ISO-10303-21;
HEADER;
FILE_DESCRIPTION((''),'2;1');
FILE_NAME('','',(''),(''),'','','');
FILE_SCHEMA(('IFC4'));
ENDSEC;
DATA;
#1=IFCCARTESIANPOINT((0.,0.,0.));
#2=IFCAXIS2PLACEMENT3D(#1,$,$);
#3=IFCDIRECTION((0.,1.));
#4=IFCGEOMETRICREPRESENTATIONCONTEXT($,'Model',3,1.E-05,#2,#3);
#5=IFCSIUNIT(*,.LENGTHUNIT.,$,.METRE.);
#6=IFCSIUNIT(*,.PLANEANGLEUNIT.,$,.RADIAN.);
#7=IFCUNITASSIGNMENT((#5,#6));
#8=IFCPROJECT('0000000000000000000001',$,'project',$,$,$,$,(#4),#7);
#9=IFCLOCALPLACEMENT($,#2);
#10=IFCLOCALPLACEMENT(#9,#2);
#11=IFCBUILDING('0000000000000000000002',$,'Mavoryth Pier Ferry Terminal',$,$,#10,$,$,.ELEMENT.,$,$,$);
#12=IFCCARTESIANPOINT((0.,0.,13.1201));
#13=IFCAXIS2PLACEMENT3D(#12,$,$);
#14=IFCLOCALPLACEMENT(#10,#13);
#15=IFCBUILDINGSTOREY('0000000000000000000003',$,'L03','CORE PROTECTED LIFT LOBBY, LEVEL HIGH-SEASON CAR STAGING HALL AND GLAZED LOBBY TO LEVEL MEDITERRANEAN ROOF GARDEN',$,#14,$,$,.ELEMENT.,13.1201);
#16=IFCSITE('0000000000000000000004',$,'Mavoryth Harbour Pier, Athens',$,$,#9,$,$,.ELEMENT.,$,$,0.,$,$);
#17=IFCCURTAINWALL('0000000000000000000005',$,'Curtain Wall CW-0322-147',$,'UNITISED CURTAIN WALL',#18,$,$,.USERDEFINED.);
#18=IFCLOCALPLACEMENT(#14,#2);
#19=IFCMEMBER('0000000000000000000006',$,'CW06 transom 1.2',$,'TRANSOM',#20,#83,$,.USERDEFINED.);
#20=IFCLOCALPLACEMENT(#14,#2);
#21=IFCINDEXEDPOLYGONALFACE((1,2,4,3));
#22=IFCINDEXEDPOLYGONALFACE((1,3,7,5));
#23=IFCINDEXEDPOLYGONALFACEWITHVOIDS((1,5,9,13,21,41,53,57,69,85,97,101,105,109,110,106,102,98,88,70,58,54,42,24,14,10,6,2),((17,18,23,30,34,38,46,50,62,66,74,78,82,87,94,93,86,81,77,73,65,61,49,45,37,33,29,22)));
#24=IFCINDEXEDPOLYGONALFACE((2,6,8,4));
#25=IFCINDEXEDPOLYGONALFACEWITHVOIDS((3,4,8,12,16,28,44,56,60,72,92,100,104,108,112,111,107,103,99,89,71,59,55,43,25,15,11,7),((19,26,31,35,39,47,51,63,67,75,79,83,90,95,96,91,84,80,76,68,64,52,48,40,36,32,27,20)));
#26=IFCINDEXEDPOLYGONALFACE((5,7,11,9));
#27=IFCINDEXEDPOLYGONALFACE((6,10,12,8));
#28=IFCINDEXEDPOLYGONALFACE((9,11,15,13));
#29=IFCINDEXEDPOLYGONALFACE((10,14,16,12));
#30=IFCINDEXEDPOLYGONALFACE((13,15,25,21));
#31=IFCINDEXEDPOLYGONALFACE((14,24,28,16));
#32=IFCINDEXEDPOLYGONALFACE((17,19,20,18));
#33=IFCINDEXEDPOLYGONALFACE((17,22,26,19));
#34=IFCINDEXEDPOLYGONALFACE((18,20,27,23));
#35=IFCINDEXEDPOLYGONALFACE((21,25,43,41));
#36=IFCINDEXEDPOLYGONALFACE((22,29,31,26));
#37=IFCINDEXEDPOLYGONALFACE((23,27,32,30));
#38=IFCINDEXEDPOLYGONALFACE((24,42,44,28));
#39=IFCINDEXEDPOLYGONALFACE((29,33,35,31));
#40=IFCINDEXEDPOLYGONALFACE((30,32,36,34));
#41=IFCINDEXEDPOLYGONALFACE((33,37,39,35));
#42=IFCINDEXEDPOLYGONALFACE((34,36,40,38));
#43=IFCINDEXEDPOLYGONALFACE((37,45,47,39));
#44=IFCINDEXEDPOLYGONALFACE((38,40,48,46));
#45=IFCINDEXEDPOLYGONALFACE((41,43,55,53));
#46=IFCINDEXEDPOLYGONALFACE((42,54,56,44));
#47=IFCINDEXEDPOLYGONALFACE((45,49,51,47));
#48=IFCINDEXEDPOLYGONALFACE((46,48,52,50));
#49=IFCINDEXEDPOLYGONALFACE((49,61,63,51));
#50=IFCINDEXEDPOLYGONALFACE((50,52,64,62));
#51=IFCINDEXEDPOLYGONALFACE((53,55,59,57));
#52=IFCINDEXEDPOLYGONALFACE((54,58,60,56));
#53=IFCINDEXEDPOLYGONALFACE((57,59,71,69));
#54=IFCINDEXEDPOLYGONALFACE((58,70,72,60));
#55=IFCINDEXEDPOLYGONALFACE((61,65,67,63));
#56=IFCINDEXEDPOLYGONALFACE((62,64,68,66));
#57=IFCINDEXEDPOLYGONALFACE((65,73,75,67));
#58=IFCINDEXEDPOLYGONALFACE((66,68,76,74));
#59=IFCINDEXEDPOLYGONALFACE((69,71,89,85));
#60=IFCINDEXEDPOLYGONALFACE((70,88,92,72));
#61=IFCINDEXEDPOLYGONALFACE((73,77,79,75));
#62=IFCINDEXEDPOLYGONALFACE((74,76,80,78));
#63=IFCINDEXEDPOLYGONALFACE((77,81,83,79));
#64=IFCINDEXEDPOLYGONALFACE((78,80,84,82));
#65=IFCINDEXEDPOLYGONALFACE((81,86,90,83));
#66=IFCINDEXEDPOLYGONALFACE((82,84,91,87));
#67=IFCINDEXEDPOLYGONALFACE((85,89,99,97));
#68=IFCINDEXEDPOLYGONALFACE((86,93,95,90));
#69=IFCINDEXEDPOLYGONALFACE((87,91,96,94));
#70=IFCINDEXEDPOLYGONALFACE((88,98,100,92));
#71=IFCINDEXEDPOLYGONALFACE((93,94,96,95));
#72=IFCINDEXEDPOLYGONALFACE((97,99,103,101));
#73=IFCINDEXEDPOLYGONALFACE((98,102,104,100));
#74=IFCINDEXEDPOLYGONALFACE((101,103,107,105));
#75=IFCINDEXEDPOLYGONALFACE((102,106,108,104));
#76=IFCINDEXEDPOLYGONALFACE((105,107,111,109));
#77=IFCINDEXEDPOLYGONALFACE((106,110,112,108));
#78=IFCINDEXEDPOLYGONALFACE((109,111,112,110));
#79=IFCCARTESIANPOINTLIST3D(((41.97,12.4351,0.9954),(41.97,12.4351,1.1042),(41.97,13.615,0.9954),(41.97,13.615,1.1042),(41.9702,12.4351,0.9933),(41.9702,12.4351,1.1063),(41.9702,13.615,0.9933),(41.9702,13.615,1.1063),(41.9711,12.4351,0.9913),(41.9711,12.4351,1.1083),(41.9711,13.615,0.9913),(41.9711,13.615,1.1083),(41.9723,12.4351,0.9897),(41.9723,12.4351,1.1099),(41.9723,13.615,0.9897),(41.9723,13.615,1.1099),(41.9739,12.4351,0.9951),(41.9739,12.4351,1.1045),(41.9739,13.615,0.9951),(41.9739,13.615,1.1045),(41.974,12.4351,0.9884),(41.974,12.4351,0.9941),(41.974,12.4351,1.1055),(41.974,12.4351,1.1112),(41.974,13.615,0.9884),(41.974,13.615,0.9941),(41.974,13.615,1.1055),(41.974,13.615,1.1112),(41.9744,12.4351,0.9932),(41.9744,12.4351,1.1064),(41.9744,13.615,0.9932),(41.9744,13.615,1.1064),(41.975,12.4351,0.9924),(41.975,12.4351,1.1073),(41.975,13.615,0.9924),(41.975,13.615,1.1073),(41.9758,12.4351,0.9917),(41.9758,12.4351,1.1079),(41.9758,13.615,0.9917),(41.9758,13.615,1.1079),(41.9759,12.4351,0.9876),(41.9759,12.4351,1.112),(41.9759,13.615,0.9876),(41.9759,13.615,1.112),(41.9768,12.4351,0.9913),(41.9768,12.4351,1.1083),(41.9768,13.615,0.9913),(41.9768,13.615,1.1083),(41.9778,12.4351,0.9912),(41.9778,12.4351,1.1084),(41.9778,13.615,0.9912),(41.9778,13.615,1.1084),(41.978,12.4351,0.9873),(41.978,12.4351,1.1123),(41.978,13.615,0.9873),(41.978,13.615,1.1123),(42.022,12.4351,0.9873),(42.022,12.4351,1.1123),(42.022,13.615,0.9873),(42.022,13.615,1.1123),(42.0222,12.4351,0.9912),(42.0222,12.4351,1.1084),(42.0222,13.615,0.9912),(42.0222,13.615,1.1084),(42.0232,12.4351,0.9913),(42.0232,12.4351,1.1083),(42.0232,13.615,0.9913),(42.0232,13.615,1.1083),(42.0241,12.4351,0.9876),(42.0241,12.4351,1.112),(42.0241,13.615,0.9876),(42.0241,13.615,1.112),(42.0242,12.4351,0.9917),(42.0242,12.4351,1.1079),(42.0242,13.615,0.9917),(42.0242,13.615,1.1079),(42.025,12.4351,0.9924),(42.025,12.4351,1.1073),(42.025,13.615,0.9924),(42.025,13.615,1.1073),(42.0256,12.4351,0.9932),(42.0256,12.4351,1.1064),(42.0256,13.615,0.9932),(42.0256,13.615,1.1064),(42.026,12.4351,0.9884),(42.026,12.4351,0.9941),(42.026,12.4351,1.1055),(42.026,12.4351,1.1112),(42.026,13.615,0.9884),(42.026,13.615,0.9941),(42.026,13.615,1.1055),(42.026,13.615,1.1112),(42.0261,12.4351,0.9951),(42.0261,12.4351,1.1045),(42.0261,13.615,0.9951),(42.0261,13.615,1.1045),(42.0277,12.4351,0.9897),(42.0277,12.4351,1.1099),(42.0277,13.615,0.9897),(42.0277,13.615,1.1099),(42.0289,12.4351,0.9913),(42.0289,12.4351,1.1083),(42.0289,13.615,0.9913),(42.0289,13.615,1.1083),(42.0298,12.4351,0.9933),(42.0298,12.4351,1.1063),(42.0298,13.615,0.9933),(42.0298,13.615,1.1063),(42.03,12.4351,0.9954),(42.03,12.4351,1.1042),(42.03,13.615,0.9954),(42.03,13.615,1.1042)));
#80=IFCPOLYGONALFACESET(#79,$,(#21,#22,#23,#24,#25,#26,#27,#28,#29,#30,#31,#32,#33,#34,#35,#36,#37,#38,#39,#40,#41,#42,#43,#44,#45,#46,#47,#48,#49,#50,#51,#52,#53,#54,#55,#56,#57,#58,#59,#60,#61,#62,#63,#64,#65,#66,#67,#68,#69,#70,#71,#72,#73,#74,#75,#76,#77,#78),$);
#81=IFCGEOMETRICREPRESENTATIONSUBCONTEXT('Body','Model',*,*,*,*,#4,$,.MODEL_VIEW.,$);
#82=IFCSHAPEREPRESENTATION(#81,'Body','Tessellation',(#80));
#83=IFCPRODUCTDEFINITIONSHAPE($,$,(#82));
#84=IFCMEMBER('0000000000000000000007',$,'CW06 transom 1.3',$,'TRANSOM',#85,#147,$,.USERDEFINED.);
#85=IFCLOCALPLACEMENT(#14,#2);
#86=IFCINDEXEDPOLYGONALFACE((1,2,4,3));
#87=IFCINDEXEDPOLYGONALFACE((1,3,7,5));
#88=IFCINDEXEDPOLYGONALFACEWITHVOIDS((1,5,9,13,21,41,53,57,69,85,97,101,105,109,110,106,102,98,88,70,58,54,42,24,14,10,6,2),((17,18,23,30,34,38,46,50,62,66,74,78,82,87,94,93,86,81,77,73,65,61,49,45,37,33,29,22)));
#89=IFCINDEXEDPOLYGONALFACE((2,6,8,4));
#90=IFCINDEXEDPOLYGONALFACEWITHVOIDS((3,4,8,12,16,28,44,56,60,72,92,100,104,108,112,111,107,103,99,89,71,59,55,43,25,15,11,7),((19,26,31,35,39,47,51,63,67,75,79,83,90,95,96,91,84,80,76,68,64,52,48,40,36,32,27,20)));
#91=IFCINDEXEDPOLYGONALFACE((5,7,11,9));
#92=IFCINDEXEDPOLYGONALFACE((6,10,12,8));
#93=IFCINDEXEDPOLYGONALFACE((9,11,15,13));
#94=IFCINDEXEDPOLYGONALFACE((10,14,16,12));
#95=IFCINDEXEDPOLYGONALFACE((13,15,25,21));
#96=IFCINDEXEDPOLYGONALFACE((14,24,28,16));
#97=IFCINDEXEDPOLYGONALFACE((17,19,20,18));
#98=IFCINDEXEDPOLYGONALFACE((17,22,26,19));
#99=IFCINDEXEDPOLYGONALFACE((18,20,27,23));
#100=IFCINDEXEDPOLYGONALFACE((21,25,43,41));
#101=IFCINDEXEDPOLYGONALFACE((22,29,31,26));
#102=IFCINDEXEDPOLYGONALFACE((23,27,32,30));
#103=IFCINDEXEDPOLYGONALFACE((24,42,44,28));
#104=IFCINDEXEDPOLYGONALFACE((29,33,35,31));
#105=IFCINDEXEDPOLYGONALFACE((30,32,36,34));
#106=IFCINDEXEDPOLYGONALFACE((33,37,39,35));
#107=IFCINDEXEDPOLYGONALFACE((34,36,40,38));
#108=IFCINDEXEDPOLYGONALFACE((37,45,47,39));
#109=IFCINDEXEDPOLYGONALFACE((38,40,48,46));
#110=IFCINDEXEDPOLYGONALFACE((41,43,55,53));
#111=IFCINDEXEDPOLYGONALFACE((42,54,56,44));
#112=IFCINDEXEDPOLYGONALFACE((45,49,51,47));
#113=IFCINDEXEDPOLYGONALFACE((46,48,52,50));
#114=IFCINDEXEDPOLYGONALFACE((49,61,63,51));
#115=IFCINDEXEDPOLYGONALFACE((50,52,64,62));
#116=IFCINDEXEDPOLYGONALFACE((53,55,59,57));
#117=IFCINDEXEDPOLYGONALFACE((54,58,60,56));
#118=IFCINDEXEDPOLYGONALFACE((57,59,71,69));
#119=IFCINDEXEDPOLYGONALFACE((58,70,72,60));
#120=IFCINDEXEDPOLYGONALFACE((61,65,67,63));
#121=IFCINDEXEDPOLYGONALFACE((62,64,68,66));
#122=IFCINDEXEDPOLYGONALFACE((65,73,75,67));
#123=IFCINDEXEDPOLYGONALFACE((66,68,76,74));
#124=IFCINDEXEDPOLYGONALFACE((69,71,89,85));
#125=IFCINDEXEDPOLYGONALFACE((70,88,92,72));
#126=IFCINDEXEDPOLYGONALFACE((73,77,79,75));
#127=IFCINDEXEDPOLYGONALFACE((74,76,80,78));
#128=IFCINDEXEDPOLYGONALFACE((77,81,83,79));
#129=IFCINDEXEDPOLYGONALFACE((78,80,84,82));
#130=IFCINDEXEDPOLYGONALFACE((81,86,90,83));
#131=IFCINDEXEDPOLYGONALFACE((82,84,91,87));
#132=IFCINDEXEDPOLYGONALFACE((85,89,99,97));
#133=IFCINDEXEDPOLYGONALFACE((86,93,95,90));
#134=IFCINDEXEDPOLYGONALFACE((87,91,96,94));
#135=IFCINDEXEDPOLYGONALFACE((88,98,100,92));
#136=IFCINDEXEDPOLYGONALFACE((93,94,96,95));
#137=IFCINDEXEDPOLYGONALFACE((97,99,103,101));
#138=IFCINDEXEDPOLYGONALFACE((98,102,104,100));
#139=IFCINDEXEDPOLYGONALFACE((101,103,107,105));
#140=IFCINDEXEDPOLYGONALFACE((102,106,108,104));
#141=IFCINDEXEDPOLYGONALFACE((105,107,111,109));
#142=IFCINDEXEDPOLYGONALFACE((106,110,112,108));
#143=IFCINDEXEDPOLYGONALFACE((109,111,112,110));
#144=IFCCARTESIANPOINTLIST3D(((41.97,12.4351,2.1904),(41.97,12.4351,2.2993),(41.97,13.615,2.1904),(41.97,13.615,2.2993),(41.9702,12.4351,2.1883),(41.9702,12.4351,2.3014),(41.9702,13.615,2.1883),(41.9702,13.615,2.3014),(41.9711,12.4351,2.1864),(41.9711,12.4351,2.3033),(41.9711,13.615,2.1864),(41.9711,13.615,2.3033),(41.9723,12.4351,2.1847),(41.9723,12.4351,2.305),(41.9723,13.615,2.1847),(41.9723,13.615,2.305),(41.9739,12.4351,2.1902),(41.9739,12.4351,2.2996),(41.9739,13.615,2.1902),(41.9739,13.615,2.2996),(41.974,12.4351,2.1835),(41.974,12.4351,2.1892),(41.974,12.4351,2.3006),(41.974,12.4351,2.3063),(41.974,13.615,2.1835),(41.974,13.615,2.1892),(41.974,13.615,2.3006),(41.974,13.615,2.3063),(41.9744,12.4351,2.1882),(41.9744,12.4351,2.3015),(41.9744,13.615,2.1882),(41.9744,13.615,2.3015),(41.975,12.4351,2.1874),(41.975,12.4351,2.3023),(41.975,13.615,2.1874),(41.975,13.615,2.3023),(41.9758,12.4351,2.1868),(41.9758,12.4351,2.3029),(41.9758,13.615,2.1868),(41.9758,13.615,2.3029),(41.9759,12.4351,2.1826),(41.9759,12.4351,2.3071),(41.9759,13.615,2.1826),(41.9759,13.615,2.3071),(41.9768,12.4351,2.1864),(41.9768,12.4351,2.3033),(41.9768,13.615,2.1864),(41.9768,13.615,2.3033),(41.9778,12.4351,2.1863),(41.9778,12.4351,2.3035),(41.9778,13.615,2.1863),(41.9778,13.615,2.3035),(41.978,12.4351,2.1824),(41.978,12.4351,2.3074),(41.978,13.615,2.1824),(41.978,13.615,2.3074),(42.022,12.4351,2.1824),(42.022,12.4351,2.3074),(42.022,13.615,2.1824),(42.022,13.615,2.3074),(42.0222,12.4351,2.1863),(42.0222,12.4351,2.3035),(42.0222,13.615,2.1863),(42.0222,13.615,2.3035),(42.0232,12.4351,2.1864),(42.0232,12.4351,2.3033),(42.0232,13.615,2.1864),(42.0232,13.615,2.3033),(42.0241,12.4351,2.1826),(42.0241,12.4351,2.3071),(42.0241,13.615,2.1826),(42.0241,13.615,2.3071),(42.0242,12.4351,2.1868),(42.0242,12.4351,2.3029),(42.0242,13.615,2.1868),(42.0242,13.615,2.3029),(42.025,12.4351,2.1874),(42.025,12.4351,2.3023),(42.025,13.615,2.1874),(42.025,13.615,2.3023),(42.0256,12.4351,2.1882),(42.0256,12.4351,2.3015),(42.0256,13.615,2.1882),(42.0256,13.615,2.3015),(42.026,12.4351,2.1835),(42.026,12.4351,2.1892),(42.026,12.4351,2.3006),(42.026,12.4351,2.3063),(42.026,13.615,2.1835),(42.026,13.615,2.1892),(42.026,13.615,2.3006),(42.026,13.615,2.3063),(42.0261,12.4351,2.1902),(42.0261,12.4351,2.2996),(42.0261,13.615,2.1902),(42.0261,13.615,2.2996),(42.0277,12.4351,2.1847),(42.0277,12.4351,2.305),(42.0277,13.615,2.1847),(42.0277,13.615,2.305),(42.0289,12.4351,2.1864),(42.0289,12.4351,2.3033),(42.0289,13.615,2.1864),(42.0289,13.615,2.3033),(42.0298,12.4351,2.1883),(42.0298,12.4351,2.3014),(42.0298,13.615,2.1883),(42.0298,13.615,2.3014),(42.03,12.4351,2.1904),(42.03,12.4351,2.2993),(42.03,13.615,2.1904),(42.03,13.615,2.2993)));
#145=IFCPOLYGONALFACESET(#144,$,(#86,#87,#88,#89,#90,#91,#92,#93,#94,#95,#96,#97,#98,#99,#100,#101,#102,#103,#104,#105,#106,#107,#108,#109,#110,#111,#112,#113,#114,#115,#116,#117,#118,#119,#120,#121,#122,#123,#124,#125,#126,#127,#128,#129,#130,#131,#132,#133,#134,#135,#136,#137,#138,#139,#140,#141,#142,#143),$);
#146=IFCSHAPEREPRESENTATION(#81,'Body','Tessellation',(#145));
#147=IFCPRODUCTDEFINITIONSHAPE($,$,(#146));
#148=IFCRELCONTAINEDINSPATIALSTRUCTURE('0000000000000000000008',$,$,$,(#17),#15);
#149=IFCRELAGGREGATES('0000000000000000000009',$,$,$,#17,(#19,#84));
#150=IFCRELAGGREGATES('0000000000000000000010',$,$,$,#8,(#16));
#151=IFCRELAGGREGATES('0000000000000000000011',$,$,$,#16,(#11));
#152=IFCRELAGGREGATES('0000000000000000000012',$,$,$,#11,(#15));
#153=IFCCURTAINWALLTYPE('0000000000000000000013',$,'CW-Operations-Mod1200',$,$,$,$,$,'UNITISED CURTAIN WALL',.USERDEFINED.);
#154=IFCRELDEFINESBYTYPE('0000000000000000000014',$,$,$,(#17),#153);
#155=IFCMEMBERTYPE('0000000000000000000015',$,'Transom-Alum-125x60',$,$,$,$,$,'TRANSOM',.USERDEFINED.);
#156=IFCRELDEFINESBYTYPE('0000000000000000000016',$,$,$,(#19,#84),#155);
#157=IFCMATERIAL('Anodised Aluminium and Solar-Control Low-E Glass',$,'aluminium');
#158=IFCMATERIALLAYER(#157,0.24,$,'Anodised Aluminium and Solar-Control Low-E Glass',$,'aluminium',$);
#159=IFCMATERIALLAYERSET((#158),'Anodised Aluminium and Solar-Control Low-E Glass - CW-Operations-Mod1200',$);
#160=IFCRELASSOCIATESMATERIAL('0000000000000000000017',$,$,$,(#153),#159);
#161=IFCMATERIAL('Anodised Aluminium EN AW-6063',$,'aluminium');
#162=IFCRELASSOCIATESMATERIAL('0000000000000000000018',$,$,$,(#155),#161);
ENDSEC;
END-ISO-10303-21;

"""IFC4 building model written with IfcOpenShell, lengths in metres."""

from ifc_helpers import new_model, si_unit, direction, frame, origin, origin_2d, place, context, subcontext, project, spatial, hollow_rectangle, extrude, material, layer, layer_set, material_profile, profile_set, type_object, element, aggregate, save


model = new_model("IFC4")

# Units and contexts
model_context = context("Model", 3, precision=1e-05, world=origin(), true_north=direction((0.0, 1.0)))
body_context = subcontext(model_context, "Body", "Model", "MODEL_VIEW")
ifc_project = project(units=[si_unit("LENGTHUNIT", "METRE"), si_unit("PLANEANGLEUNIT", "RADIAN")], contexts=[model_context])

# Site, building, storey
site_placement = place(None, origin())
site = spatial("IfcSite", under=ifc_project, at=site_placement, Name="Mavoryth Harbour Pier, Athens", CompositionType="ELEMENT", RefElevation=0.0)
building_placement = place(site_placement, origin())
building = spatial("IfcBuilding", under=site, at=building_placement, Name="Mavoryth Pier Ferry Terminal", CompositionType="ELEMENT")
storey_placement = place(building_placement, frame((0.0, 0.0, 13.1201)))
storey = spatial("IfcBuildingStorey", under=building, at=storey_placement, Name="L03", Description="CORE PROTECTED LIFT LOBBY, LEVEL HIGH-SEASON CAR STAGING HALL AND GLAZED LOBBY TO LEVEL MEDITERRANEAN ROOF GARDEN", CompositionType="ELEMENT", Elevation=13.1201)

# Curtain wall
ifc_material_1 = material(Name="Anodised Aluminium and Solar-Control Low-E Glass", Category="aluminium")
ifc_layer_1 = layer(ifc_material_1, 0.24, Name="Anodised Aluminium and Solar-Control Low-E Glass", Category="aluminium")
ifc_layer_set_1 = layer_set([ifc_layer_1], Name="Anodised Aluminium and Solar-Control Low-E Glass - CW-Operations-Mod1200")
curtain_wall_type = type_object("IfcCurtainWallType", Name="CW-Operations-Mod1200", ElementType="UNITISED CURTAIN WALL", PredefinedType="USERDEFINED", material=ifc_layer_set_1)
curtain_wall_1_placement = place(storey_placement, origin())
curtain_wall_1 = element("IfcCurtainWall", 1, at=curtain_wall_1_placement, inside=storey, type_object=curtain_wall_type, Name="Curtain Wall CW-0322-147", ObjectType="UNITISED CURTAIN WALL", PredefinedType="USERDEFINED")
ifc_material_2 = material(Name="Anodised Aluminium EN AW-6063", Category="aluminium")

# Members
ifc_material_profile_1 = material_profile(ifc_material_2, hollow_rectangle(XDim=0.0601, YDim=0.125, WallThickness=0.0039, InnerFilletRadius=0.0039, OuterFilletRadius=0.0081, at=origin_2d()), Name="AL-TRAN 125x60x4", Category="aluminium")
ifc_profile_set_1 = profile_set([ifc_material_profile_1], Name="Anodised Aluminium EN AW-6063 - AL-TRAN 125x60x4")
member_type_1 = type_object("IfcMemberType", Name="Transom-Alum-125x60", ElementType="TRANSOM", PredefinedType="USERDEFINED", material=ifc_profile_set_1)
member_1_placement = place(storey_placement, frame((42.0, 13.615, 1.0498), z_axis=(0.0, -1.0, 0.0), x_axis=(1.0, 0.0, 0.0)))
member_1 = element("IfcMember", 2, at=member_1_placement, type_object=member_type_1, Name="CW06 transom 1.2", ObjectType="TRANSOM", PredefinedType="USERDEFINED", context=body_context, shape_type="SweptSolid", body=[
    extrude(hollow_rectangle(XDim=0.0601, YDim=0.125, WallThickness=0.0039, InnerFilletRadius=0.0039, OuterFilletRadius=0.0081, at=origin_2d()), origin(), (0.0, 0.0, 1.0), 1.1799),
])
member_2_placement = place(storey_placement, frame((42.0, 13.615, 2.2449), z_axis=(0.0, -1.0, 0.0), x_axis=(1.0, 0.0, 0.0)))
member_2 = element("IfcMember", 3, at=member_2_placement, type_object=member_type_1, Name="CW06 transom 1.3", ObjectType="TRANSOM", PredefinedType="USERDEFINED", context=body_context, shape_type="SweptSolid", body=[
    extrude(hollow_rectangle(XDim=0.0601, YDim=0.125, WallThickness=0.0039, InnerFilletRadius=0.0039, OuterFilletRadius=0.0081, at=origin_2d()), origin(), (0.0, 0.0, 1.0), 1.1799),
])

aggregate(curtain_wall_1, [member_1, member_2])

save(model, "model.ifc")
